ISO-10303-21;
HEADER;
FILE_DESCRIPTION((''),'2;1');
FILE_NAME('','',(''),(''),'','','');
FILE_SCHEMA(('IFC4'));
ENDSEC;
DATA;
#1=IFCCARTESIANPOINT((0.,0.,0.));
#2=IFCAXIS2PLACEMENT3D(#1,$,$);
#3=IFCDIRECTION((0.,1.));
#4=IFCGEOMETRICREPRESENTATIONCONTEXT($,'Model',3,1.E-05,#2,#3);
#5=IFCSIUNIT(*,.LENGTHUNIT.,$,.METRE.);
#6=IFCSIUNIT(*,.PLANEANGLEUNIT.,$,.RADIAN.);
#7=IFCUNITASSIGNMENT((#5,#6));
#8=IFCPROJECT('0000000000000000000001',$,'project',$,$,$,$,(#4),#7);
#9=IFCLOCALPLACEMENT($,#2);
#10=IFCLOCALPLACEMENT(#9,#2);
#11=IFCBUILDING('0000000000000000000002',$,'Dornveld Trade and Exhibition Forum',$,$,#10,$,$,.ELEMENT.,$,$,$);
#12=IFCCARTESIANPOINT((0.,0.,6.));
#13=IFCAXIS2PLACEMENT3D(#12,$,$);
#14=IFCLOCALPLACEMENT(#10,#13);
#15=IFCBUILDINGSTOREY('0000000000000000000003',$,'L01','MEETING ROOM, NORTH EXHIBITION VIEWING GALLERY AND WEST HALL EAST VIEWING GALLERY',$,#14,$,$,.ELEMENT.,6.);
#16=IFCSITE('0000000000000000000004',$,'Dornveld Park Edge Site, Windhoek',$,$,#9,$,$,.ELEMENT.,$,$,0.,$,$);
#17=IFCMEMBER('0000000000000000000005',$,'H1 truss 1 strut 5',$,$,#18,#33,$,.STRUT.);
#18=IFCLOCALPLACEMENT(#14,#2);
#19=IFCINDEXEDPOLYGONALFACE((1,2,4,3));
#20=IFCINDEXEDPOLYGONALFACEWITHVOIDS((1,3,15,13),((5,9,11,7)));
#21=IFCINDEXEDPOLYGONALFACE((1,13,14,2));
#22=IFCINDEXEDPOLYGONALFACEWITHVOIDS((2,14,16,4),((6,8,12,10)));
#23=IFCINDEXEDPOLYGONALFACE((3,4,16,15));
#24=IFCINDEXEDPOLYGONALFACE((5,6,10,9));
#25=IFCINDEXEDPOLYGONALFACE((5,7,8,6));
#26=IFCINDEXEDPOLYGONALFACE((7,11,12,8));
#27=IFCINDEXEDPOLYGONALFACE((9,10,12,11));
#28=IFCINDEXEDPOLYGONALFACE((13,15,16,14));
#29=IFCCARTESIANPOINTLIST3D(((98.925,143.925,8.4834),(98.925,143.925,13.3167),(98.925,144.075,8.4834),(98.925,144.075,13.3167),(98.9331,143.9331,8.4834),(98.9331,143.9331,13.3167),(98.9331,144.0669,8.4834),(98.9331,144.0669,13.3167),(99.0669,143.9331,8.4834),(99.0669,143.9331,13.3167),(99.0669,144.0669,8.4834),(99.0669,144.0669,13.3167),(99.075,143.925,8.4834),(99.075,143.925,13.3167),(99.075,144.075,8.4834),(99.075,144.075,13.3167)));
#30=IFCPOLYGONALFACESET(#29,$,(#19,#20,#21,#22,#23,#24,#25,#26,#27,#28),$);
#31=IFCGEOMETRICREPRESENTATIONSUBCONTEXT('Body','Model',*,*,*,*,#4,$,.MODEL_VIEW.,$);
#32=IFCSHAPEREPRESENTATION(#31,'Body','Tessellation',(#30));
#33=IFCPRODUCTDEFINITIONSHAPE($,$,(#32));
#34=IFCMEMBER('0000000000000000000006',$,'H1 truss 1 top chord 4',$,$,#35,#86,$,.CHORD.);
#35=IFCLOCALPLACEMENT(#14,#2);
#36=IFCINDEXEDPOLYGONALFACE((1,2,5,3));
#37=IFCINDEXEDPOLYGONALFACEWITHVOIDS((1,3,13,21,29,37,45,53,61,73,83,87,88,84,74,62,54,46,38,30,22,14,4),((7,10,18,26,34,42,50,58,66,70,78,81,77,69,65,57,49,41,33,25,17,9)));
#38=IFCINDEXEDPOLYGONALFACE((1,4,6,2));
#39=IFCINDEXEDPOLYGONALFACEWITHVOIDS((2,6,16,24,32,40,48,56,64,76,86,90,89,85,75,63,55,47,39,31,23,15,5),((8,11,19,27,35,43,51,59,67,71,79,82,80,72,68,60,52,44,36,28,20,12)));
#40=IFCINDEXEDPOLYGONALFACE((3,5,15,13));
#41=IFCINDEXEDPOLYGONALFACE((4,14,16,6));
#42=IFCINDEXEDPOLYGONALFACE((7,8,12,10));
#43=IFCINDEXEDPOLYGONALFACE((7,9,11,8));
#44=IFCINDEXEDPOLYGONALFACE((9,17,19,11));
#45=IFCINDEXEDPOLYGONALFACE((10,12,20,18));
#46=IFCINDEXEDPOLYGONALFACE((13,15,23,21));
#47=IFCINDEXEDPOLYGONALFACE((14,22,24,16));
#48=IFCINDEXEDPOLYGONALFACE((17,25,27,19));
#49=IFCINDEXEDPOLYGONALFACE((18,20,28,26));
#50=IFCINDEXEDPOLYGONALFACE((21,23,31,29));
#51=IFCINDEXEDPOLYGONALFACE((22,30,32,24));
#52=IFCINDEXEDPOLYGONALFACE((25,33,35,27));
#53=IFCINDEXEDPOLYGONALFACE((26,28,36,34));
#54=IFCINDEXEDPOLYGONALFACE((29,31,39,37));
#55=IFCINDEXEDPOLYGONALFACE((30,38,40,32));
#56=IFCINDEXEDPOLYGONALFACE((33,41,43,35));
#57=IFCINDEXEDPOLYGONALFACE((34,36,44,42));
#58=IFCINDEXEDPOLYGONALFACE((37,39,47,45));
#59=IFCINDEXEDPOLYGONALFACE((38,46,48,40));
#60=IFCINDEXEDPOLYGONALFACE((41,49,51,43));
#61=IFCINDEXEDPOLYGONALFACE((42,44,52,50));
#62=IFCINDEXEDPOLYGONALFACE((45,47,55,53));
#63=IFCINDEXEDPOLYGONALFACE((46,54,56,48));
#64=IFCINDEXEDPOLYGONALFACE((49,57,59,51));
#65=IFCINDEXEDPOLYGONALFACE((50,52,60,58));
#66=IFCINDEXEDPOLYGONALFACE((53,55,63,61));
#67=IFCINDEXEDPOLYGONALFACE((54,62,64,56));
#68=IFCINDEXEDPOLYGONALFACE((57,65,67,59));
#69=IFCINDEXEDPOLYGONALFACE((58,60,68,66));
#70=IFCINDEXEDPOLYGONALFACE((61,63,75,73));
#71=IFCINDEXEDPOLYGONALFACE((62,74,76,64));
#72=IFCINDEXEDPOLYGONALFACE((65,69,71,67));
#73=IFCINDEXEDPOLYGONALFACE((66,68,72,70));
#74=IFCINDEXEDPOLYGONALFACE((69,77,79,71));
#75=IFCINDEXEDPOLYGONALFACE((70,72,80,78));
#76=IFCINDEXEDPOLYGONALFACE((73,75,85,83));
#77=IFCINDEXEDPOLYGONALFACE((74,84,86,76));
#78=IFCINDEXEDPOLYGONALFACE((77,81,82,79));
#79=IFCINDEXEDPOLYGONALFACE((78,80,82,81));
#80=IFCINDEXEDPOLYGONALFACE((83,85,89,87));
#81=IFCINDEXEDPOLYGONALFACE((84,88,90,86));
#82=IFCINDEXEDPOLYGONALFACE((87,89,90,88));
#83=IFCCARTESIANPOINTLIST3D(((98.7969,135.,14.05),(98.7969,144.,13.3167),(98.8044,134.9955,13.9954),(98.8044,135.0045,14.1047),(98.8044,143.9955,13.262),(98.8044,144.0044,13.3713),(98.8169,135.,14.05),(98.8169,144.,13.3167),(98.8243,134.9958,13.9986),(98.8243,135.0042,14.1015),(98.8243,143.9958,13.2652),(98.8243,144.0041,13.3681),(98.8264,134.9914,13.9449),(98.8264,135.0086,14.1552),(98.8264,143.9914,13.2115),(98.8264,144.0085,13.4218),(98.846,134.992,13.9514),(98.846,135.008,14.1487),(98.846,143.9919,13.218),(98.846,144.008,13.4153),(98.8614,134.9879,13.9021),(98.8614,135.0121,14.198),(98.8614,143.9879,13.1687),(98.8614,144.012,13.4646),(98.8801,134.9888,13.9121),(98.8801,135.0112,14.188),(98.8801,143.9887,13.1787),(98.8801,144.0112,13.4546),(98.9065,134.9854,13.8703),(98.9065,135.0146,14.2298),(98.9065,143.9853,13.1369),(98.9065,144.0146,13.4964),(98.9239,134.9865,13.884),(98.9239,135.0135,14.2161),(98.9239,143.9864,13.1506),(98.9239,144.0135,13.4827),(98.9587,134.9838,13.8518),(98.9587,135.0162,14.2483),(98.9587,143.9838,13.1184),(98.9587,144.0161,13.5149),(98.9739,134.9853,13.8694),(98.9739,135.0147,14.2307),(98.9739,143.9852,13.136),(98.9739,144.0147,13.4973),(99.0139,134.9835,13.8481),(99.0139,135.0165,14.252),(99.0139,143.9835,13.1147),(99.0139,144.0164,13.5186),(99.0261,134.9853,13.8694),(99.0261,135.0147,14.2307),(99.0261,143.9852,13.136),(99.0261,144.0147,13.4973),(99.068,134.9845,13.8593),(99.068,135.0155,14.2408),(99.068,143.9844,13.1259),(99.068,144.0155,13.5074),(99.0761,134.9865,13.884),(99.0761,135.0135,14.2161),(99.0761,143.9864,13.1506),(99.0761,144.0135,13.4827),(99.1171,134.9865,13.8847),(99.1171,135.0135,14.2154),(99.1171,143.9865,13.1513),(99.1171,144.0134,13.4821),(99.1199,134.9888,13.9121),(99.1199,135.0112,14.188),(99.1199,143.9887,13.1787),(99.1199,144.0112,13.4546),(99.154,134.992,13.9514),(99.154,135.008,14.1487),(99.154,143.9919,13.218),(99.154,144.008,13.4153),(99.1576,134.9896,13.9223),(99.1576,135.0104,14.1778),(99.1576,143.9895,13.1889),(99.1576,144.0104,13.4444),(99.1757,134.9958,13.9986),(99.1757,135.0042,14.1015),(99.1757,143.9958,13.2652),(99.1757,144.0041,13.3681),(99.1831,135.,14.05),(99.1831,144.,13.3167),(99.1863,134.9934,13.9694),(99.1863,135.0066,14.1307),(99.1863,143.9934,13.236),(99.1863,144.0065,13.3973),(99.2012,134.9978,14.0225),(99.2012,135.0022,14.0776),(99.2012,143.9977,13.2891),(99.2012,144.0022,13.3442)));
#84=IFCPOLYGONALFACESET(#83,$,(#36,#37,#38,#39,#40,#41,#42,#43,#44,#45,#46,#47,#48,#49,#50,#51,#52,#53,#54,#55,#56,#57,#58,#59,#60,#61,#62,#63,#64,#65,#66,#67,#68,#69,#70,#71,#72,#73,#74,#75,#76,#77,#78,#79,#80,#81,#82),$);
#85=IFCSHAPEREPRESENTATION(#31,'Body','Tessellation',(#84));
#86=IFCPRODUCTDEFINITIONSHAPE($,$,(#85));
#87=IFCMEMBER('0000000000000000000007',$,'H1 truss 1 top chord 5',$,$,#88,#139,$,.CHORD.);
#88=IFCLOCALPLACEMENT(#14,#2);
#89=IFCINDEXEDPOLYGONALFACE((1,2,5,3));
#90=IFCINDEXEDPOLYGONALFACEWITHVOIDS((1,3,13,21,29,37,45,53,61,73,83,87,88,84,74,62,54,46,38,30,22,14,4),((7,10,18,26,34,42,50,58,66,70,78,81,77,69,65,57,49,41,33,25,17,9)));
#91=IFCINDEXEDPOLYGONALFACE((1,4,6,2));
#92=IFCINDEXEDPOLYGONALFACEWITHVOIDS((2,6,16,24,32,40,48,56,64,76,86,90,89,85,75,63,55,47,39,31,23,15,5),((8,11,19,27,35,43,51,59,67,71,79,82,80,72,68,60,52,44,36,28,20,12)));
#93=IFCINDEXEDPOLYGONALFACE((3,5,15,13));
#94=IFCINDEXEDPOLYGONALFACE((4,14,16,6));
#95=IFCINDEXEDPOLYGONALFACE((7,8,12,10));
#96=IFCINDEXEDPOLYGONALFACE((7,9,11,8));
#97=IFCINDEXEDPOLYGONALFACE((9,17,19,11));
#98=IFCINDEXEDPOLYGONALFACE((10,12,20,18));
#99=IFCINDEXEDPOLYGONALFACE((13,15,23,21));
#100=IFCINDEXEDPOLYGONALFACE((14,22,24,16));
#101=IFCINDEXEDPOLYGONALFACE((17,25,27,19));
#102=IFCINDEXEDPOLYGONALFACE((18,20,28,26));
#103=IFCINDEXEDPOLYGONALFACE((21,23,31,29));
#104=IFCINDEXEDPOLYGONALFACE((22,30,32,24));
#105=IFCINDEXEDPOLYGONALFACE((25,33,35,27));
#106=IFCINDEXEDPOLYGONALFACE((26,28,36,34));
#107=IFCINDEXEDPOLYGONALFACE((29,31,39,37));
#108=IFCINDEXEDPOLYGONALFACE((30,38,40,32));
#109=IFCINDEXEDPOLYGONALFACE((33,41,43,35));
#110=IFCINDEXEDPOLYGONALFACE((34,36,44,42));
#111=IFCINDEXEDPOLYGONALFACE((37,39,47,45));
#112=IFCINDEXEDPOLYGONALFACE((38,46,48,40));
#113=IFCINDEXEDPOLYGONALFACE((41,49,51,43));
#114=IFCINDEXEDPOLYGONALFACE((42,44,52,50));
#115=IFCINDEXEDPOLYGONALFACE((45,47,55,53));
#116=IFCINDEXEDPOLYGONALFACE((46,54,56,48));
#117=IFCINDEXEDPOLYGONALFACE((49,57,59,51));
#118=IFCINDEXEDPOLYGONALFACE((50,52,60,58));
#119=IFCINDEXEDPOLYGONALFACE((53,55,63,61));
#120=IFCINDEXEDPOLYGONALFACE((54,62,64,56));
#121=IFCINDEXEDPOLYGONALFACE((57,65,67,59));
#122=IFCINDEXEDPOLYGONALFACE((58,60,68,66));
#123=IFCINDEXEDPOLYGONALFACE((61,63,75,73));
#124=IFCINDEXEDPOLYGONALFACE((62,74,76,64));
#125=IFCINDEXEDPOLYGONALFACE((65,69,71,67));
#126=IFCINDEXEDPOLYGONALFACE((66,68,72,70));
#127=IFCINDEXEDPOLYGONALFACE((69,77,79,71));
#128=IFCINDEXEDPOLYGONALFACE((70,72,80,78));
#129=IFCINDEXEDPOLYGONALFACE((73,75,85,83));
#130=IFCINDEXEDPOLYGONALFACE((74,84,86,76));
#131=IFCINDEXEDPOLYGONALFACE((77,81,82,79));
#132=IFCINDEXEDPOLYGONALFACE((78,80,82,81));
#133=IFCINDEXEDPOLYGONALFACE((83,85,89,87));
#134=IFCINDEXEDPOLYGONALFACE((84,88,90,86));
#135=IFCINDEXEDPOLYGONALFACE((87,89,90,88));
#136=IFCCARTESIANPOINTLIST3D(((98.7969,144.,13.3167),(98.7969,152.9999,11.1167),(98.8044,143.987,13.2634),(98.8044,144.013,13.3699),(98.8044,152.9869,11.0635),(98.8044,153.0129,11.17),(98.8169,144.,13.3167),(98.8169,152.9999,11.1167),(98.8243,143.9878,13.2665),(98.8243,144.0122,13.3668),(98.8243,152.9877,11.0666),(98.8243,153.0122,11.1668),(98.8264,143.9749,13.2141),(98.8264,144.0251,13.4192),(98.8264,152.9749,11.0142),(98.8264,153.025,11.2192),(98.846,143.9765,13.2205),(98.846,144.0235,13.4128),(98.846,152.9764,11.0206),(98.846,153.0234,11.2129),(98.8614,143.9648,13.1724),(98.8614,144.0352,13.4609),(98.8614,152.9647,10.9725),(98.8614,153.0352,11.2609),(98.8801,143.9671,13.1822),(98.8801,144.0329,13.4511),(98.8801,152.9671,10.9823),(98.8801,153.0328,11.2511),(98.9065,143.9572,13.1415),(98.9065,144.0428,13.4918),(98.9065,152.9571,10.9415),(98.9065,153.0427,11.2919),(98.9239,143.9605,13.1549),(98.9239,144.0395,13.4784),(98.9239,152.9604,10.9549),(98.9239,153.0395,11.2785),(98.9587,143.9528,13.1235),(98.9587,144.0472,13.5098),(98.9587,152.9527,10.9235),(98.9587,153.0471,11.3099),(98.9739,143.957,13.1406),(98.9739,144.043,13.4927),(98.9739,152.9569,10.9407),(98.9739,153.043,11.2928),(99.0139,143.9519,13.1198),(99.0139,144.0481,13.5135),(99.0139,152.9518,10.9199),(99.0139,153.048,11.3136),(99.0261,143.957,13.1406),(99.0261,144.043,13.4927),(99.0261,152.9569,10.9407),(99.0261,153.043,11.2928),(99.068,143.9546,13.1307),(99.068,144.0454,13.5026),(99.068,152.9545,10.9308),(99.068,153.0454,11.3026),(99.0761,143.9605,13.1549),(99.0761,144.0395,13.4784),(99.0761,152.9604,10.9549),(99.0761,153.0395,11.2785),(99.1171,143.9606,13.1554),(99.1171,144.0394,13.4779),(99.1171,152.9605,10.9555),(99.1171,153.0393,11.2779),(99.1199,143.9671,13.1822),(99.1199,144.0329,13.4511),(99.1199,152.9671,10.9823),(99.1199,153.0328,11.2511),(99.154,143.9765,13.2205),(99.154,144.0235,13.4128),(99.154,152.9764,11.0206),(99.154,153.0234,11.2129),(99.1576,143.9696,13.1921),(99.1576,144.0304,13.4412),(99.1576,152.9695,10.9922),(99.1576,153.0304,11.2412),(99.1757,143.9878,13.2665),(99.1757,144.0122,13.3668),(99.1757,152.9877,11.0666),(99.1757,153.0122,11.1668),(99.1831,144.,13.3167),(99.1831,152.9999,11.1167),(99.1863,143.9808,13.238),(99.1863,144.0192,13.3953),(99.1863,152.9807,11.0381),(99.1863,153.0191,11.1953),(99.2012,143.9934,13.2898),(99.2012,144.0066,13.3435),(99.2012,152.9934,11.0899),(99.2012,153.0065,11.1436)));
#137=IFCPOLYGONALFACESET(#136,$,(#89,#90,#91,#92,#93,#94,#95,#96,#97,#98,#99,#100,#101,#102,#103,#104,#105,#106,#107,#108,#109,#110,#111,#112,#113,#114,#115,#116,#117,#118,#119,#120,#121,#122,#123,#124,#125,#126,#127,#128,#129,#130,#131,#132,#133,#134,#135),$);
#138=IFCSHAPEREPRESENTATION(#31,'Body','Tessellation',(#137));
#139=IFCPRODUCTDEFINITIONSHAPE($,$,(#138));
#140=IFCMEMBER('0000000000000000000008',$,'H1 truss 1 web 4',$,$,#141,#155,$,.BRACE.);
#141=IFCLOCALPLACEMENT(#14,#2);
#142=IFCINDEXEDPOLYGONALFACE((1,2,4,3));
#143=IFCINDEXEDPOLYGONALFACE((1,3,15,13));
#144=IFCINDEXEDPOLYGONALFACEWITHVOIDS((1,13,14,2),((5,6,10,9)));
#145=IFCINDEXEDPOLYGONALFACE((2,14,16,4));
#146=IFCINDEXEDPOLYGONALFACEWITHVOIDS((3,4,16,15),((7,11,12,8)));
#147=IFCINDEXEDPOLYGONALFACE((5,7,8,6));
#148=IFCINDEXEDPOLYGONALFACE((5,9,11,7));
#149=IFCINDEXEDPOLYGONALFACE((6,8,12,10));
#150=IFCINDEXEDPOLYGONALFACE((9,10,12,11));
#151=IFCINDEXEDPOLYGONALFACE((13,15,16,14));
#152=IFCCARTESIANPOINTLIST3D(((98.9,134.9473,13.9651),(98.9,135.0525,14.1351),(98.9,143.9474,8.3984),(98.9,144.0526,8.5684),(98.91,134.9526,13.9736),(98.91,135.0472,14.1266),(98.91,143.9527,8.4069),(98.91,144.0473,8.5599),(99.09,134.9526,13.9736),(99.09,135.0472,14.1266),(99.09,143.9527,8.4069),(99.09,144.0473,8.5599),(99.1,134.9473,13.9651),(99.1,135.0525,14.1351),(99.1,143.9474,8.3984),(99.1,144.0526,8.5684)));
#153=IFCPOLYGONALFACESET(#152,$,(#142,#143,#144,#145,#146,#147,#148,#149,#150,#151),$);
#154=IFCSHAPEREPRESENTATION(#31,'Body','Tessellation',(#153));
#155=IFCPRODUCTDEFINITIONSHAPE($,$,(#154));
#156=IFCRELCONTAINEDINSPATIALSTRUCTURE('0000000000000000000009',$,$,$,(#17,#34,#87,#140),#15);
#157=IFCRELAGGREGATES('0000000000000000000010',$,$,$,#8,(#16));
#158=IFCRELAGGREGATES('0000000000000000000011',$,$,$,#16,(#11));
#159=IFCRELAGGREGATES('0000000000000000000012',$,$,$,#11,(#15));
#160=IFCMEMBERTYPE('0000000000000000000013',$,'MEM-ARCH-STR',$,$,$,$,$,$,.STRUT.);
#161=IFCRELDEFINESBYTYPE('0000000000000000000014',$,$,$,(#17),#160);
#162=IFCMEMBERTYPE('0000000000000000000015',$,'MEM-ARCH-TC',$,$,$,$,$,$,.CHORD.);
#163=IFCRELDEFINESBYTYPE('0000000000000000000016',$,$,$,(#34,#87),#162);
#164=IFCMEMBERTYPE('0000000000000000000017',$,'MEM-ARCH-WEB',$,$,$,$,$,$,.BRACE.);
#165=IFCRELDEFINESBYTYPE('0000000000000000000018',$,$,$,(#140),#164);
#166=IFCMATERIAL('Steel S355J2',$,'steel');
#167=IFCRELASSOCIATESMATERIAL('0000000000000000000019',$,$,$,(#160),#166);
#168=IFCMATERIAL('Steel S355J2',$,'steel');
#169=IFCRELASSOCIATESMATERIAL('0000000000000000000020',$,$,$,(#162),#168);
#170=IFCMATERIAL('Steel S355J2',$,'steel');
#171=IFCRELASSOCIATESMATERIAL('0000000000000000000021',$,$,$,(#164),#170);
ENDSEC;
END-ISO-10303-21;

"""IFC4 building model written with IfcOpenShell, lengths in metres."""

from ifc_helpers import new_model, si_unit, direction, frame, origin, origin_2d, place, context, subcontext, project, spatial, hollow_rectangle, hollow_circle, extrude, material, material_profile, profile_set, type_object, element, save


model = new_model("IFC4")

# Units and contexts
model_context = context("Model", 3, precision=1e-05, world=origin(), true_north=direction((0.0, 1.0)))
body_context = subcontext(model_context, "Body", "Model", "MODEL_VIEW")
ifc_project = project(units=[si_unit("LENGTHUNIT", "METRE"), si_unit("PLANEANGLEUNIT", "RADIAN")], contexts=[model_context])

# Site, building, storey
site_placement = place(None, origin())
site = spatial("IfcSite", under=ifc_project, at=site_placement, Name="Dornveld Park Edge Site, Windhoek", CompositionType="ELEMENT", RefElevation=0.0)
building_placement = place(site_placement, origin())
building = spatial("IfcBuilding", under=site, at=building_placement, Name="Dornveld Trade and Exhibition Forum", CompositionType="ELEMENT")
storey_placement = place(building_placement, frame((0.0, 0.0, 6.0)))
storey = spatial("IfcBuildingStorey", under=building, at=storey_placement, Name="L01", Description="MEETING ROOM, NORTH EXHIBITION VIEWING GALLERY AND WEST HALL EAST VIEWING GALLERY", CompositionType="ELEMENT", Elevation=6.0)

# Members
ifc_material_1 = material(Name="Steel S355J2", Category="steel")
ifc_material_profile_1 = material_profile(ifc_material_1, hollow_rectangle(XDim=0.1499, YDim=0.1499, WallThickness=0.0081, at=origin_2d()), Name="SHS 150x150x8")
ifc_profile_set_1 = profile_set([ifc_material_profile_1], Name="Steel S355J2")
member_type_1 = type_object("IfcMemberType", Name="MEM-ARCH-STR", PredefinedType="STRUT", material=ifc_profile_set_1)
member_1_placement = place(storey_placement, frame((99.0, 144.0, 8.4834), z_axis=(0.0, 0.0, 1.0), x_axis=(1.0, 0.0, 0.0)))
element("IfcMember", 1, at=member_1_placement, inside=storey, type_object=member_type_1, Name="H1 truss 1 strut 5", PredefinedType="STRUT", context=body_context, shape_type="SweptSolid", body=[
    extrude(hollow_rectangle(XDim=0.1499, YDim=0.1499, WallThickness=0.0081, at=origin_2d()), origin(), (0.0, 0.0, 1.0), 4.8333),
])
ifc_material_2 = material(Name="Steel S355J2", Category="steel")
ifc_material_profile_2 = material_profile(ifc_material_2, hollow_circle(Radius=0.2031, WallThickness=0.02, at=origin_2d()), Name="CHS 406.4x20")
ifc_profile_set_2 = profile_set([ifc_material_profile_2], Name="Steel S355J2")
member_type_2 = type_object("IfcMemberType", Name="MEM-ARCH-TC", PredefinedType="CHORD", material=ifc_profile_set_2)
member_2_placement = place(storey_placement, frame((99.0, 135.0, 14.05), z_axis=(0.0, 0.996696, -0.081219), x_axis=(-1.0, 0.0, 0.0)))
element("IfcMember", 2, at=member_2_placement, inside=storey, type_object=member_type_2, Name="H1 truss 1 top chord 4", PredefinedType="CHORD", context=body_context, shape_type="SweptSolid", body=[
    extrude(hollow_circle(Radius=0.2031, WallThickness=0.02, at=origin_2d()), origin(), (0.0, 0.0, 1.0), 9.0298),
])
member_3_placement = place(storey_placement, frame((99.0, 144.0, 13.3167), z_axis=(0.0, 0.9714, -0.237448), x_axis=(-1.0, 0.0, 0.0)))
element("IfcMember", 3, at=member_3_placement, inside=storey, type_object=member_type_2, Name="H1 truss 1 top chord 5", PredefinedType="CHORD", context=body_context, shape_type="SweptSolid", body=[
    extrude(hollow_circle(Radius=0.2031, WallThickness=0.02, at=origin_2d()), origin(), (0.0, 0.0, 1.0), 9.2649),
])
ifc_material_3 = material(Name="Steel S355J2", Category="steel")
ifc_material_profile_3 = material_profile(ifc_material_3, hollow_rectangle(XDim=0.2, YDim=0.2, WallThickness=0.01, at=origin_2d()), Name="SHS 200x200x10")
ifc_profile_set_3 = profile_set([ifc_material_profile_3], Name="Steel S355J2")
member_type_3 = type_object("IfcMemberType", Name="MEM-ARCH-WEB", PredefinedType="BRACE", material=ifc_profile_set_3)
member_4_placement = place(storey_placement, frame((99.0, 144.0, 8.4834), z_axis=(0.0, -0.850467, 0.526028), x_axis=(1.0, 0.0, 0.0)))
element("IfcMember", 4, at=member_4_placement, inside=storey, type_object=member_type_3, Name="H1 truss 1 web 4", PredefinedType="BRACE", context=body_context, shape_type="SweptSolid", body=[
    extrude(hollow_rectangle(XDim=0.2, YDim=0.2, WallThickness=0.01, at=origin_2d()), origin(), (0.0, 0.0, 1.0), 10.5825),
])

save(model, "model.ifc")
